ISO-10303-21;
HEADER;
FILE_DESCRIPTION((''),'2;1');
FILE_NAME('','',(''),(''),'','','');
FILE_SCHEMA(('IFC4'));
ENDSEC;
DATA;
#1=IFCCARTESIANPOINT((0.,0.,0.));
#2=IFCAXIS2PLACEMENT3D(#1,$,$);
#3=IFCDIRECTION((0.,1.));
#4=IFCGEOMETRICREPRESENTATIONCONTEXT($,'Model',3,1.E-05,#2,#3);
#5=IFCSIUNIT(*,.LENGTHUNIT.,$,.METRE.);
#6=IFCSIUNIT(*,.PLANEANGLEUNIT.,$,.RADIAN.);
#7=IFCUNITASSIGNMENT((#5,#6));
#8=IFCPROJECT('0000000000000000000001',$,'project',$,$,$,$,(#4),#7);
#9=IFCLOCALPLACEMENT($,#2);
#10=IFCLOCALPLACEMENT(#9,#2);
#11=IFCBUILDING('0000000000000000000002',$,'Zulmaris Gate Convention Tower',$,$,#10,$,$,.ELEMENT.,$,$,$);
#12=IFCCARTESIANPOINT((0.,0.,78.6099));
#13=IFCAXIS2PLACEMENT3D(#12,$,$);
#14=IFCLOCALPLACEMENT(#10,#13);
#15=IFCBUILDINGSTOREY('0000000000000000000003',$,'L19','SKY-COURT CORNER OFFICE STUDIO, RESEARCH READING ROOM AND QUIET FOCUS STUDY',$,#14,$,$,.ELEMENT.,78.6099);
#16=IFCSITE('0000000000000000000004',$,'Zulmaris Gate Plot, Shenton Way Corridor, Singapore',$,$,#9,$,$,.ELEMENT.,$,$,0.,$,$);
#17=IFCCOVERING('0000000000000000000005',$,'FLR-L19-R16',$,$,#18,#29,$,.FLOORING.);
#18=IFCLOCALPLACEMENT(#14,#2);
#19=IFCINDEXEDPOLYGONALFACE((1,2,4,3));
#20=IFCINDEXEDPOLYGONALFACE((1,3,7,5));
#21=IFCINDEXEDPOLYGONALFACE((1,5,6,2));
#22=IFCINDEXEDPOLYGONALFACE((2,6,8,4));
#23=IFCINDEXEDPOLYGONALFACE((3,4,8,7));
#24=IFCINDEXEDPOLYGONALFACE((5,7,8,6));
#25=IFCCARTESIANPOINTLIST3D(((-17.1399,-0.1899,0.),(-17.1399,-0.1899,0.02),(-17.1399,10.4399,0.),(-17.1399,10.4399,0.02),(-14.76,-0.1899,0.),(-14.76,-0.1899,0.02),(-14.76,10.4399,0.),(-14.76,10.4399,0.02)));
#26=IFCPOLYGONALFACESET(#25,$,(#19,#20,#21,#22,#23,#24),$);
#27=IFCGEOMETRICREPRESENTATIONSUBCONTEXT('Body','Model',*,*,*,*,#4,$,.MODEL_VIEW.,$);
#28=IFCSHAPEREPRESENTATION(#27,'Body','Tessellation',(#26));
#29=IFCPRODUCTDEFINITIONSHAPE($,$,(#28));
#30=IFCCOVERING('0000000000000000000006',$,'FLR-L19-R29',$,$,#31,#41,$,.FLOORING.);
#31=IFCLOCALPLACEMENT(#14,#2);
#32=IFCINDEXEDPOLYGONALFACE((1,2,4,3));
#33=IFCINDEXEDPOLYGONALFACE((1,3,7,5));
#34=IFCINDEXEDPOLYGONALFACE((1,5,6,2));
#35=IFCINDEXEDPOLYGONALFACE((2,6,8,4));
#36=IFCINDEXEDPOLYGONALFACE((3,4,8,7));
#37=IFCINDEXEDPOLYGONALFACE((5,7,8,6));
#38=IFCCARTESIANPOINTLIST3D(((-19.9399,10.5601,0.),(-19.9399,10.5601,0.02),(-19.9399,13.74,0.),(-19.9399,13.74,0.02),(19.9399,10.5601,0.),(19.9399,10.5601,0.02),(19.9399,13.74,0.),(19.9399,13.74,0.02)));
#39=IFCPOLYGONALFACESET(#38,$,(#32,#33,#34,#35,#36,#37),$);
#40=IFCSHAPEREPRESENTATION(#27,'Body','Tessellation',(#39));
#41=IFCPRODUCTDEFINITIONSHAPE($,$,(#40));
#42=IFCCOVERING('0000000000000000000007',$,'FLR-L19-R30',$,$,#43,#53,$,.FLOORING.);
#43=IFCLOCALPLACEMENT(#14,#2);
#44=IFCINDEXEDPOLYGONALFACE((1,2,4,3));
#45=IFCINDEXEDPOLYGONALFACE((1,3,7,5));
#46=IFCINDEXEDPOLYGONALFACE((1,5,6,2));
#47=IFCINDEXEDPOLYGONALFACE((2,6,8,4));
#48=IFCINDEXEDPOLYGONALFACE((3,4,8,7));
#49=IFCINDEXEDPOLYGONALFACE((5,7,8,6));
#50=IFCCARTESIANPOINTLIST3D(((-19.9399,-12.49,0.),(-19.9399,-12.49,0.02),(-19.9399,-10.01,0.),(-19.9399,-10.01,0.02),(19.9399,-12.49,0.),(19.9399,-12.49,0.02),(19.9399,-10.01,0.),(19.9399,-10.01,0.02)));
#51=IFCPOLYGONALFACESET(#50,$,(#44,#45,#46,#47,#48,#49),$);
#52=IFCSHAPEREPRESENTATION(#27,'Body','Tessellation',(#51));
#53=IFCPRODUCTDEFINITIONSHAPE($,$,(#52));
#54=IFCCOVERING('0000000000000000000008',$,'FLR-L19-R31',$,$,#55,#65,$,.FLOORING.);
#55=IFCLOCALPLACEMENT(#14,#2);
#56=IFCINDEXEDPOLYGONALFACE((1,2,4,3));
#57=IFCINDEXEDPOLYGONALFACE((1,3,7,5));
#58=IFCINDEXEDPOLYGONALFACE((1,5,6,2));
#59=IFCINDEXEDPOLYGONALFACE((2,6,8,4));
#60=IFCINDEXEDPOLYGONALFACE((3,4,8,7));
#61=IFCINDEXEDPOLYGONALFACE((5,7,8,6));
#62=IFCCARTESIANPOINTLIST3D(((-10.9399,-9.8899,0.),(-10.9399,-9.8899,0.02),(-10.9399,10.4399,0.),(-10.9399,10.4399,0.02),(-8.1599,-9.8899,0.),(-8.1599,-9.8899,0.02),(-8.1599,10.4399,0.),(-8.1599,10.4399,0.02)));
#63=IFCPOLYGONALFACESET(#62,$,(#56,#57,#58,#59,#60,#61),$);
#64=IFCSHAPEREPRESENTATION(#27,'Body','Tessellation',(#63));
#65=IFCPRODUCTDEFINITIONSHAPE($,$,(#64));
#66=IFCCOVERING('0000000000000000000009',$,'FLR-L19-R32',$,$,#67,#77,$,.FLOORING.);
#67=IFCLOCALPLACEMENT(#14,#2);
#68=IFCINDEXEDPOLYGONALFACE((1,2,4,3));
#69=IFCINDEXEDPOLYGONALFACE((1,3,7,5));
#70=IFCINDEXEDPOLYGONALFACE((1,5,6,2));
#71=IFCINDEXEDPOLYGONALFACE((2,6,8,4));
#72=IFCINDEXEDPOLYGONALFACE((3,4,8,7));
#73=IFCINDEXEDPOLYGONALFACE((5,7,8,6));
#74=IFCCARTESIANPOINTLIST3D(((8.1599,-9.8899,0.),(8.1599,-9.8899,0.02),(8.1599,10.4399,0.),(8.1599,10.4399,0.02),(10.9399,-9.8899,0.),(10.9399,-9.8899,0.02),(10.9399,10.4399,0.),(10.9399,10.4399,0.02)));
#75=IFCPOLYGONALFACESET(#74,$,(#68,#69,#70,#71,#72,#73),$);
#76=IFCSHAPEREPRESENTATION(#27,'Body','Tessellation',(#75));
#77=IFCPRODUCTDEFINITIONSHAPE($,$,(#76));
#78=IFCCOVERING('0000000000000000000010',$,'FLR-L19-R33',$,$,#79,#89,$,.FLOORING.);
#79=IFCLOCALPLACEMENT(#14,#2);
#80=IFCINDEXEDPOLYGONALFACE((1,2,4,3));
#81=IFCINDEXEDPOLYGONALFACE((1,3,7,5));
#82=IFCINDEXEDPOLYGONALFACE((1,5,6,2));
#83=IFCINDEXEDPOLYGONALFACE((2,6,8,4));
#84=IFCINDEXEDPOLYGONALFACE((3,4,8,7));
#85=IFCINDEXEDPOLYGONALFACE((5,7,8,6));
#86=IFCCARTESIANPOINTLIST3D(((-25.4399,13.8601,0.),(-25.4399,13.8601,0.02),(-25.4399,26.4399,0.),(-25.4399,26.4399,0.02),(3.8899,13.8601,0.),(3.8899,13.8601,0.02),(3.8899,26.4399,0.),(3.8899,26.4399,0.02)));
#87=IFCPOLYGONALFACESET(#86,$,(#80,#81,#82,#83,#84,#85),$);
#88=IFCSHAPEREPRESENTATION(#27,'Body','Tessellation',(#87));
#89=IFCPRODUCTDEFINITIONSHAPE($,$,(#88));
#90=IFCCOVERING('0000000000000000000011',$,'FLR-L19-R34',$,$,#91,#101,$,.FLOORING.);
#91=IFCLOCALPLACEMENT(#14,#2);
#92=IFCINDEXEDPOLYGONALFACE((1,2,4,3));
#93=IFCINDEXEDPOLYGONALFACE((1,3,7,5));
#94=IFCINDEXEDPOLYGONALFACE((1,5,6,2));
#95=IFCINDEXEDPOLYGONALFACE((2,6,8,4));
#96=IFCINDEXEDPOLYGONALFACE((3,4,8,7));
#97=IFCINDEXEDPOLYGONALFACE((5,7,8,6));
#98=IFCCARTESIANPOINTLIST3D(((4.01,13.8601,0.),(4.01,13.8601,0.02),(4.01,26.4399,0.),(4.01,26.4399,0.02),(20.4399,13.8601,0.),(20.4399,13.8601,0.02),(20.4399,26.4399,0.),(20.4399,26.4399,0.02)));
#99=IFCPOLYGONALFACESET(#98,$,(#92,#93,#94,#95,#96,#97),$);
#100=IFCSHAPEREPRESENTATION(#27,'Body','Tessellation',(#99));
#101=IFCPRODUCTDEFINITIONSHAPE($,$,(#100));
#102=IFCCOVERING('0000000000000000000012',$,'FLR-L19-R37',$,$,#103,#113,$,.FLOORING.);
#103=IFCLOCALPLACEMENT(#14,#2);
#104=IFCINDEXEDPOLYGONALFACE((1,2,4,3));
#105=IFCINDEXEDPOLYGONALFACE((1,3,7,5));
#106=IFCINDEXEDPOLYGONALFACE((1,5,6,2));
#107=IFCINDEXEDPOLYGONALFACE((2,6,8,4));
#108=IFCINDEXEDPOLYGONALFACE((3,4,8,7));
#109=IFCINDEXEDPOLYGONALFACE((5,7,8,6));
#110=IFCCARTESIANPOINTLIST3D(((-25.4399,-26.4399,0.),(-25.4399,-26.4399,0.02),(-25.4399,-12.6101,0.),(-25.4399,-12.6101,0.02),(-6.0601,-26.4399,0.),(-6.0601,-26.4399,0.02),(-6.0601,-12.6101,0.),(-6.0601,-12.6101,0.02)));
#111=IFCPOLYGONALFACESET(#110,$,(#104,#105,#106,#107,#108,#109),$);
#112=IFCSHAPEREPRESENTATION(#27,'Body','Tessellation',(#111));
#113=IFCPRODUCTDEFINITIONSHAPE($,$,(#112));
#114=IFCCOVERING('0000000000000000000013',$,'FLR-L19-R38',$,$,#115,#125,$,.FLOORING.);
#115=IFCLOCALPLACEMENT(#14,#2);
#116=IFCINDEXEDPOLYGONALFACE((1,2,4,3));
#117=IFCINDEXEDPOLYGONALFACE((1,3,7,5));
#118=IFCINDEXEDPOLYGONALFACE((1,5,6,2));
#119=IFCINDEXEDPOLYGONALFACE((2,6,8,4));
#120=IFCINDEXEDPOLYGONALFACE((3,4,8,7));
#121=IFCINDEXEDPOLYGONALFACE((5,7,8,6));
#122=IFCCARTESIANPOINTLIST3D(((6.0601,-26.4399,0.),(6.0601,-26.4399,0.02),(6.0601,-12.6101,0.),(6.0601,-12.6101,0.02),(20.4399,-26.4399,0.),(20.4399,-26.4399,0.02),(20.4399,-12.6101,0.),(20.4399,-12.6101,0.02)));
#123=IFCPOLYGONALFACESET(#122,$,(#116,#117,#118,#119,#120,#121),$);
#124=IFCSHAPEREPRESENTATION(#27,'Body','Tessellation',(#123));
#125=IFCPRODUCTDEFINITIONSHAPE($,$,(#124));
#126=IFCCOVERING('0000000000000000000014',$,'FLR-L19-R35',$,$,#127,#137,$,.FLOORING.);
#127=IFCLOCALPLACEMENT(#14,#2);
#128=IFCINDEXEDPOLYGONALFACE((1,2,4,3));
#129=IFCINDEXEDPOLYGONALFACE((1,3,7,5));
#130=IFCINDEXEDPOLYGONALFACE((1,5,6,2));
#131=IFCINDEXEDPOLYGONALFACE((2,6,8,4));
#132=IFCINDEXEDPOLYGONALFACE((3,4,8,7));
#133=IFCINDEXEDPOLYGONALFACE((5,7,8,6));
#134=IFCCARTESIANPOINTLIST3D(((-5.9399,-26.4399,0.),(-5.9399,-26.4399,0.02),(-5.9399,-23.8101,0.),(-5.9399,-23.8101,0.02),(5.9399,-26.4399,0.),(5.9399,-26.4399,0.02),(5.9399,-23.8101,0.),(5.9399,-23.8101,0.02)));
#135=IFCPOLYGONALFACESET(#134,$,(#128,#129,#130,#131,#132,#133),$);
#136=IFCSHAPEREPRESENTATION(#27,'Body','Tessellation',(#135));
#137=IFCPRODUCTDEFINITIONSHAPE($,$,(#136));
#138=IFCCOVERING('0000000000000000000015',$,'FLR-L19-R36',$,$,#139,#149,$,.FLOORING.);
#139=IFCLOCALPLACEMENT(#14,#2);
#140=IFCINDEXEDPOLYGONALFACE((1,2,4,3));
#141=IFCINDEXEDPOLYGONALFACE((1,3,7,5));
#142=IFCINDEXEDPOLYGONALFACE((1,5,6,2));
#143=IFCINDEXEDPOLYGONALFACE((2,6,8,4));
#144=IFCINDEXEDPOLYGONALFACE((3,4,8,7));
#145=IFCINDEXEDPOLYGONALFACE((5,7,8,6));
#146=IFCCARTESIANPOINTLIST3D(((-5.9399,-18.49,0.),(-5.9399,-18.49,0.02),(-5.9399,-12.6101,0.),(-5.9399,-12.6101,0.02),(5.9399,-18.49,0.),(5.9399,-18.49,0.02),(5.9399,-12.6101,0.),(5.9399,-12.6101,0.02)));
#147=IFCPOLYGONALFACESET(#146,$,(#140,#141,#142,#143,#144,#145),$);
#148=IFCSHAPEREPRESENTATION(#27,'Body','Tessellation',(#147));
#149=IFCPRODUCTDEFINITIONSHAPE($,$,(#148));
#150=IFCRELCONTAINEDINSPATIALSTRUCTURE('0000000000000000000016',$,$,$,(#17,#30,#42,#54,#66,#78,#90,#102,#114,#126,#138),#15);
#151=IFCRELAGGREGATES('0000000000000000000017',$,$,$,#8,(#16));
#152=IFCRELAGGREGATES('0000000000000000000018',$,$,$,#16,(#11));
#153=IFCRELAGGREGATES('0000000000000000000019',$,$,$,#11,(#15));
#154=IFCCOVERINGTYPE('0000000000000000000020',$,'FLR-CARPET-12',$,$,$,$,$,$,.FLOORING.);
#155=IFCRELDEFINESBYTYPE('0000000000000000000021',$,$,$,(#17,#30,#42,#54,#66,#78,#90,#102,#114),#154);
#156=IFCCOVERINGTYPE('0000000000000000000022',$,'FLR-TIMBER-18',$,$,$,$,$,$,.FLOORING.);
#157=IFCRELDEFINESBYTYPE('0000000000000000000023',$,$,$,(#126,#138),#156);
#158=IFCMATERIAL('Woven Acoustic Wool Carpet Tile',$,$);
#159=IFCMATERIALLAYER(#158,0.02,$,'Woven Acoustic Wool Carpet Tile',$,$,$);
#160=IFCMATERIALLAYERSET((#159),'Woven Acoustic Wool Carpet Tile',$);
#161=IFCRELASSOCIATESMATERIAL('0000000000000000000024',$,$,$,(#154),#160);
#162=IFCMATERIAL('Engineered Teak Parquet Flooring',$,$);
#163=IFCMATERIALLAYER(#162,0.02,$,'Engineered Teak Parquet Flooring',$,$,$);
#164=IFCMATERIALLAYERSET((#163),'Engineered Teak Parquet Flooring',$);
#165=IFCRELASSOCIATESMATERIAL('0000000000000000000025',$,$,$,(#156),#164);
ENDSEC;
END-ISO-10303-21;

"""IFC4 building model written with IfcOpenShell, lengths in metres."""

from ifc_helpers import new_model, si_unit, direction, frame, origin, place, context, subcontext, project, spatial, polyline, outline, extrude, material, layer, layer_set, type_object, element, save


model = new_model("IFC4")

# Units and contexts
model_context = context("Model", 3, precision=1e-05, world=origin(), true_north=direction((0.0, 1.0)))
body_context = subcontext(model_context, "Body", "Model", "MODEL_VIEW")
ifc_project = project(units=[si_unit("LENGTHUNIT", "METRE"), si_unit("PLANEANGLEUNIT", "RADIAN")], contexts=[model_context])

# Site, building, storey
site_placement = place(None, origin())
site = spatial("IfcSite", under=ifc_project, at=site_placement, Name="Zulmaris Gate Plot, Shenton Way Corridor, Singapore", CompositionType="ELEMENT", RefElevation=0.0)
building_placement = place(site_placement, origin())
building = spatial("IfcBuilding", under=site, at=building_placement, Name="Zulmaris Gate Convention Tower", CompositionType="ELEMENT")
storey_placement = place(building_placement, frame((0.0, 0.0, 78.6099)))
storey = spatial("IfcBuildingStorey", under=building, at=storey_placement, Name="L19", Description="SKY-COURT CORNER OFFICE STUDIO, RESEARCH READING ROOM AND QUIET FOCUS STUDY", CompositionType="ELEMENT", Elevation=78.6099)

# Coverings
ifc_material_1 = material(Name="Woven Acoustic Wool Carpet Tile")
ifc_layer_1 = layer(ifc_material_1, 0.02, Name="Woven Acoustic Wool Carpet Tile")
ifc_layer_set_1 = layer_set([ifc_layer_1], Name="Woven Acoustic Wool Carpet Tile")
covering_type_1 = type_object("IfcCoveringType", Name="FLR-CARPET-12", PredefinedType="FLOORING", material=ifc_layer_set_1)
covering_1_placement = place(storey_placement, origin())
element("IfcCovering", 1, at=covering_1_placement, inside=storey, type_object=covering_type_1, Name="FLR-L19-R16", PredefinedType="FLOORING", context=body_context, shape_type="SweptSolid", body=[
    extrude(outline(polyline([(-17.1399, -0.1899), (-14.76, -0.1899), (-14.76, 10.4399), (-17.1399, 10.4399), (-17.1399, -0.1899)])), origin(), (0.0, 0.0, 1.0), 0.02),
])
covering_2_placement = place(storey_placement, origin())
element("IfcCovering", 2, at=covering_2_placement, inside=storey, type_object=covering_type_1, Name="FLR-L19-R29", PredefinedType="FLOORING", context=body_context, shape_type="SweptSolid", body=[
    extrude(outline(polyline([(-19.9399, 10.5601), (19.9399, 10.5601), (19.9399, 13.74), (-19.9399, 13.74), (-19.9399, 10.5601)])), origin(), (0.0, 0.0, 1.0), 0.02),
])
covering_3_placement = place(storey_placement, origin())
element("IfcCovering", 3, at=covering_3_placement, inside=storey, type_object=covering_type_1, Name="FLR-L19-R30", PredefinedType="FLOORING", context=body_context, shape_type="SweptSolid", body=[
    extrude(outline(polyline([(-19.9399, -12.49), (19.9399, -12.49), (19.9399, -10.01), (-19.9399, -10.01), (-19.9399, -12.49)])), origin(), (0.0, 0.0, 1.0), 0.02),
])
covering_4_placement = place(storey_placement, origin())
element("IfcCovering", 4, at=covering_4_placement, inside=storey, type_object=covering_type_1, Name="FLR-L19-R31", PredefinedType="FLOORING", context=body_context, shape_type="SweptSolid", body=[
    extrude(outline(polyline([(-10.9399, -9.8899), (-8.1599, -9.8899), (-8.1599, 10.4399), (-10.9399, 10.4399), (-10.9399, -9.8899)])), origin(), (0.0, 0.0, 1.0), 0.02),
])
covering_5_placement = place(storey_placement, origin())
element("IfcCovering", 5, at=covering_5_placement, inside=storey, type_object=covering_type_1, Name="FLR-L19-R32", PredefinedType="FLOORING", context=body_context, shape_type="SweptSolid", body=[
    extrude(outline(polyline([(8.1599, -9.8899), (10.9399, -9.8899), (10.9399, 10.4399), (8.1599, 10.4399), (8.1599, -9.8899)])), origin(), (0.0, 0.0, 1.0), 0.02),
])
covering_6_placement = place(storey_placement, origin())
element("IfcCovering", 6, at=covering_6_placement, inside=storey, type_object=covering_type_1, Name="FLR-L19-R33", PredefinedType="FLOORING", context=body_context, shape_type="SweptSolid", body=[
    extrude(outline(polyline([(-25.4399, 13.8601), (3.8899, 13.8601), (3.8899, 26.4399), (-25.4399, 26.4399), (-25.4399, 13.8601)])), origin(), (0.0, 0.0, 1.0), 0.02),
])
covering_7_placement = place(storey_placement, origin())
element("IfcCovering", 7, at=covering_7_placement, inside=storey, type_object=covering_type_1, Name="FLR-L19-R34", PredefinedType="FLOORING", context=body_context, shape_type="SweptSolid", body=[
    extrude(outline(polyline([(4.01, 13.8601), (20.4399, 13.8601), (20.4399, 26.4399), (4.01, 26.4399), (4.01, 13.8601)])), origin(), (0.0, 0.0, 1.0), 0.02),
])
covering_8_placement = place(storey_placement, origin())
element("IfcCovering", 8, at=covering_8_placement, inside=storey, type_object=covering_type_1, Name="FLR-L19-R37", PredefinedType="FLOORING", context=body_context, shape_type="SweptSolid", body=[
    extrude(outline(polyline([(-25.4399, -26.4399), (-6.0601, -26.4399), (-6.0601, -12.6101), (-25.4399, -12.6101), (-25.4399, -26.4399)])), origin(), (0.0, 0.0, 1.0), 0.02),
])
covering_9_placement = place(storey_placement, origin())
element("IfcCovering", 9, at=covering_9_placement, inside=storey, type_object=covering_type_1, Name="FLR-L19-R38", PredefinedType="FLOORING", context=body_context, shape_type="SweptSolid", body=[
    extrude(outline(polyline([(6.0601, -26.4399), (20.4399, -26.4399), (20.4399, -12.6101), (6.0601, -12.6101), (6.0601, -26.4399)])), origin(), (0.0, 0.0, 1.0), 0.02),
])
ifc_material_2 = material(Name="Engineered Teak Parquet Flooring")
ifc_layer_2 = layer(ifc_material_2, 0.02, Name="Engineered Teak Parquet Flooring")
ifc_layer_set_2 = layer_set([ifc_layer_2], Name="Engineered Teak Parquet Flooring")
covering_type_2 = type_object("IfcCoveringType", Name="FLR-TIMBER-18", PredefinedType="FLOORING", material=ifc_layer_set_2)
covering_10_placement = place(storey_placement, origin())
element("IfcCovering", 10, at=covering_10_placement, inside=storey, type_object=covering_type_2, Name="FLR-L19-R35", PredefinedType="FLOORING", context=body_context, shape_type="SweptSolid", body=[
    extrude(outline(polyline([(-5.9399, -26.4399), (5.9399, -26.4399), (5.9399, -23.8101), (-5.9399, -23.8101), (-5.9399, -26.4399)])), origin(), (0.0, 0.0, 1.0), 0.02),
])
covering_11_placement = place(storey_placement, origin())
element("IfcCovering", 11, at=covering_11_placement, inside=storey, type_object=covering_type_2, Name="FLR-L19-R36", PredefinedType="FLOORING", context=body_context, shape_type="SweptSolid", body=[
    extrude(outline(polyline([(-5.9399, -18.49), (5.9399, -18.49), (5.9399, -12.6101), (-5.9399, -12.6101), (-5.9399, -18.49)])), origin(), (0.0, 0.0, 1.0), 0.02),
])

save(model, "model.ifc")
